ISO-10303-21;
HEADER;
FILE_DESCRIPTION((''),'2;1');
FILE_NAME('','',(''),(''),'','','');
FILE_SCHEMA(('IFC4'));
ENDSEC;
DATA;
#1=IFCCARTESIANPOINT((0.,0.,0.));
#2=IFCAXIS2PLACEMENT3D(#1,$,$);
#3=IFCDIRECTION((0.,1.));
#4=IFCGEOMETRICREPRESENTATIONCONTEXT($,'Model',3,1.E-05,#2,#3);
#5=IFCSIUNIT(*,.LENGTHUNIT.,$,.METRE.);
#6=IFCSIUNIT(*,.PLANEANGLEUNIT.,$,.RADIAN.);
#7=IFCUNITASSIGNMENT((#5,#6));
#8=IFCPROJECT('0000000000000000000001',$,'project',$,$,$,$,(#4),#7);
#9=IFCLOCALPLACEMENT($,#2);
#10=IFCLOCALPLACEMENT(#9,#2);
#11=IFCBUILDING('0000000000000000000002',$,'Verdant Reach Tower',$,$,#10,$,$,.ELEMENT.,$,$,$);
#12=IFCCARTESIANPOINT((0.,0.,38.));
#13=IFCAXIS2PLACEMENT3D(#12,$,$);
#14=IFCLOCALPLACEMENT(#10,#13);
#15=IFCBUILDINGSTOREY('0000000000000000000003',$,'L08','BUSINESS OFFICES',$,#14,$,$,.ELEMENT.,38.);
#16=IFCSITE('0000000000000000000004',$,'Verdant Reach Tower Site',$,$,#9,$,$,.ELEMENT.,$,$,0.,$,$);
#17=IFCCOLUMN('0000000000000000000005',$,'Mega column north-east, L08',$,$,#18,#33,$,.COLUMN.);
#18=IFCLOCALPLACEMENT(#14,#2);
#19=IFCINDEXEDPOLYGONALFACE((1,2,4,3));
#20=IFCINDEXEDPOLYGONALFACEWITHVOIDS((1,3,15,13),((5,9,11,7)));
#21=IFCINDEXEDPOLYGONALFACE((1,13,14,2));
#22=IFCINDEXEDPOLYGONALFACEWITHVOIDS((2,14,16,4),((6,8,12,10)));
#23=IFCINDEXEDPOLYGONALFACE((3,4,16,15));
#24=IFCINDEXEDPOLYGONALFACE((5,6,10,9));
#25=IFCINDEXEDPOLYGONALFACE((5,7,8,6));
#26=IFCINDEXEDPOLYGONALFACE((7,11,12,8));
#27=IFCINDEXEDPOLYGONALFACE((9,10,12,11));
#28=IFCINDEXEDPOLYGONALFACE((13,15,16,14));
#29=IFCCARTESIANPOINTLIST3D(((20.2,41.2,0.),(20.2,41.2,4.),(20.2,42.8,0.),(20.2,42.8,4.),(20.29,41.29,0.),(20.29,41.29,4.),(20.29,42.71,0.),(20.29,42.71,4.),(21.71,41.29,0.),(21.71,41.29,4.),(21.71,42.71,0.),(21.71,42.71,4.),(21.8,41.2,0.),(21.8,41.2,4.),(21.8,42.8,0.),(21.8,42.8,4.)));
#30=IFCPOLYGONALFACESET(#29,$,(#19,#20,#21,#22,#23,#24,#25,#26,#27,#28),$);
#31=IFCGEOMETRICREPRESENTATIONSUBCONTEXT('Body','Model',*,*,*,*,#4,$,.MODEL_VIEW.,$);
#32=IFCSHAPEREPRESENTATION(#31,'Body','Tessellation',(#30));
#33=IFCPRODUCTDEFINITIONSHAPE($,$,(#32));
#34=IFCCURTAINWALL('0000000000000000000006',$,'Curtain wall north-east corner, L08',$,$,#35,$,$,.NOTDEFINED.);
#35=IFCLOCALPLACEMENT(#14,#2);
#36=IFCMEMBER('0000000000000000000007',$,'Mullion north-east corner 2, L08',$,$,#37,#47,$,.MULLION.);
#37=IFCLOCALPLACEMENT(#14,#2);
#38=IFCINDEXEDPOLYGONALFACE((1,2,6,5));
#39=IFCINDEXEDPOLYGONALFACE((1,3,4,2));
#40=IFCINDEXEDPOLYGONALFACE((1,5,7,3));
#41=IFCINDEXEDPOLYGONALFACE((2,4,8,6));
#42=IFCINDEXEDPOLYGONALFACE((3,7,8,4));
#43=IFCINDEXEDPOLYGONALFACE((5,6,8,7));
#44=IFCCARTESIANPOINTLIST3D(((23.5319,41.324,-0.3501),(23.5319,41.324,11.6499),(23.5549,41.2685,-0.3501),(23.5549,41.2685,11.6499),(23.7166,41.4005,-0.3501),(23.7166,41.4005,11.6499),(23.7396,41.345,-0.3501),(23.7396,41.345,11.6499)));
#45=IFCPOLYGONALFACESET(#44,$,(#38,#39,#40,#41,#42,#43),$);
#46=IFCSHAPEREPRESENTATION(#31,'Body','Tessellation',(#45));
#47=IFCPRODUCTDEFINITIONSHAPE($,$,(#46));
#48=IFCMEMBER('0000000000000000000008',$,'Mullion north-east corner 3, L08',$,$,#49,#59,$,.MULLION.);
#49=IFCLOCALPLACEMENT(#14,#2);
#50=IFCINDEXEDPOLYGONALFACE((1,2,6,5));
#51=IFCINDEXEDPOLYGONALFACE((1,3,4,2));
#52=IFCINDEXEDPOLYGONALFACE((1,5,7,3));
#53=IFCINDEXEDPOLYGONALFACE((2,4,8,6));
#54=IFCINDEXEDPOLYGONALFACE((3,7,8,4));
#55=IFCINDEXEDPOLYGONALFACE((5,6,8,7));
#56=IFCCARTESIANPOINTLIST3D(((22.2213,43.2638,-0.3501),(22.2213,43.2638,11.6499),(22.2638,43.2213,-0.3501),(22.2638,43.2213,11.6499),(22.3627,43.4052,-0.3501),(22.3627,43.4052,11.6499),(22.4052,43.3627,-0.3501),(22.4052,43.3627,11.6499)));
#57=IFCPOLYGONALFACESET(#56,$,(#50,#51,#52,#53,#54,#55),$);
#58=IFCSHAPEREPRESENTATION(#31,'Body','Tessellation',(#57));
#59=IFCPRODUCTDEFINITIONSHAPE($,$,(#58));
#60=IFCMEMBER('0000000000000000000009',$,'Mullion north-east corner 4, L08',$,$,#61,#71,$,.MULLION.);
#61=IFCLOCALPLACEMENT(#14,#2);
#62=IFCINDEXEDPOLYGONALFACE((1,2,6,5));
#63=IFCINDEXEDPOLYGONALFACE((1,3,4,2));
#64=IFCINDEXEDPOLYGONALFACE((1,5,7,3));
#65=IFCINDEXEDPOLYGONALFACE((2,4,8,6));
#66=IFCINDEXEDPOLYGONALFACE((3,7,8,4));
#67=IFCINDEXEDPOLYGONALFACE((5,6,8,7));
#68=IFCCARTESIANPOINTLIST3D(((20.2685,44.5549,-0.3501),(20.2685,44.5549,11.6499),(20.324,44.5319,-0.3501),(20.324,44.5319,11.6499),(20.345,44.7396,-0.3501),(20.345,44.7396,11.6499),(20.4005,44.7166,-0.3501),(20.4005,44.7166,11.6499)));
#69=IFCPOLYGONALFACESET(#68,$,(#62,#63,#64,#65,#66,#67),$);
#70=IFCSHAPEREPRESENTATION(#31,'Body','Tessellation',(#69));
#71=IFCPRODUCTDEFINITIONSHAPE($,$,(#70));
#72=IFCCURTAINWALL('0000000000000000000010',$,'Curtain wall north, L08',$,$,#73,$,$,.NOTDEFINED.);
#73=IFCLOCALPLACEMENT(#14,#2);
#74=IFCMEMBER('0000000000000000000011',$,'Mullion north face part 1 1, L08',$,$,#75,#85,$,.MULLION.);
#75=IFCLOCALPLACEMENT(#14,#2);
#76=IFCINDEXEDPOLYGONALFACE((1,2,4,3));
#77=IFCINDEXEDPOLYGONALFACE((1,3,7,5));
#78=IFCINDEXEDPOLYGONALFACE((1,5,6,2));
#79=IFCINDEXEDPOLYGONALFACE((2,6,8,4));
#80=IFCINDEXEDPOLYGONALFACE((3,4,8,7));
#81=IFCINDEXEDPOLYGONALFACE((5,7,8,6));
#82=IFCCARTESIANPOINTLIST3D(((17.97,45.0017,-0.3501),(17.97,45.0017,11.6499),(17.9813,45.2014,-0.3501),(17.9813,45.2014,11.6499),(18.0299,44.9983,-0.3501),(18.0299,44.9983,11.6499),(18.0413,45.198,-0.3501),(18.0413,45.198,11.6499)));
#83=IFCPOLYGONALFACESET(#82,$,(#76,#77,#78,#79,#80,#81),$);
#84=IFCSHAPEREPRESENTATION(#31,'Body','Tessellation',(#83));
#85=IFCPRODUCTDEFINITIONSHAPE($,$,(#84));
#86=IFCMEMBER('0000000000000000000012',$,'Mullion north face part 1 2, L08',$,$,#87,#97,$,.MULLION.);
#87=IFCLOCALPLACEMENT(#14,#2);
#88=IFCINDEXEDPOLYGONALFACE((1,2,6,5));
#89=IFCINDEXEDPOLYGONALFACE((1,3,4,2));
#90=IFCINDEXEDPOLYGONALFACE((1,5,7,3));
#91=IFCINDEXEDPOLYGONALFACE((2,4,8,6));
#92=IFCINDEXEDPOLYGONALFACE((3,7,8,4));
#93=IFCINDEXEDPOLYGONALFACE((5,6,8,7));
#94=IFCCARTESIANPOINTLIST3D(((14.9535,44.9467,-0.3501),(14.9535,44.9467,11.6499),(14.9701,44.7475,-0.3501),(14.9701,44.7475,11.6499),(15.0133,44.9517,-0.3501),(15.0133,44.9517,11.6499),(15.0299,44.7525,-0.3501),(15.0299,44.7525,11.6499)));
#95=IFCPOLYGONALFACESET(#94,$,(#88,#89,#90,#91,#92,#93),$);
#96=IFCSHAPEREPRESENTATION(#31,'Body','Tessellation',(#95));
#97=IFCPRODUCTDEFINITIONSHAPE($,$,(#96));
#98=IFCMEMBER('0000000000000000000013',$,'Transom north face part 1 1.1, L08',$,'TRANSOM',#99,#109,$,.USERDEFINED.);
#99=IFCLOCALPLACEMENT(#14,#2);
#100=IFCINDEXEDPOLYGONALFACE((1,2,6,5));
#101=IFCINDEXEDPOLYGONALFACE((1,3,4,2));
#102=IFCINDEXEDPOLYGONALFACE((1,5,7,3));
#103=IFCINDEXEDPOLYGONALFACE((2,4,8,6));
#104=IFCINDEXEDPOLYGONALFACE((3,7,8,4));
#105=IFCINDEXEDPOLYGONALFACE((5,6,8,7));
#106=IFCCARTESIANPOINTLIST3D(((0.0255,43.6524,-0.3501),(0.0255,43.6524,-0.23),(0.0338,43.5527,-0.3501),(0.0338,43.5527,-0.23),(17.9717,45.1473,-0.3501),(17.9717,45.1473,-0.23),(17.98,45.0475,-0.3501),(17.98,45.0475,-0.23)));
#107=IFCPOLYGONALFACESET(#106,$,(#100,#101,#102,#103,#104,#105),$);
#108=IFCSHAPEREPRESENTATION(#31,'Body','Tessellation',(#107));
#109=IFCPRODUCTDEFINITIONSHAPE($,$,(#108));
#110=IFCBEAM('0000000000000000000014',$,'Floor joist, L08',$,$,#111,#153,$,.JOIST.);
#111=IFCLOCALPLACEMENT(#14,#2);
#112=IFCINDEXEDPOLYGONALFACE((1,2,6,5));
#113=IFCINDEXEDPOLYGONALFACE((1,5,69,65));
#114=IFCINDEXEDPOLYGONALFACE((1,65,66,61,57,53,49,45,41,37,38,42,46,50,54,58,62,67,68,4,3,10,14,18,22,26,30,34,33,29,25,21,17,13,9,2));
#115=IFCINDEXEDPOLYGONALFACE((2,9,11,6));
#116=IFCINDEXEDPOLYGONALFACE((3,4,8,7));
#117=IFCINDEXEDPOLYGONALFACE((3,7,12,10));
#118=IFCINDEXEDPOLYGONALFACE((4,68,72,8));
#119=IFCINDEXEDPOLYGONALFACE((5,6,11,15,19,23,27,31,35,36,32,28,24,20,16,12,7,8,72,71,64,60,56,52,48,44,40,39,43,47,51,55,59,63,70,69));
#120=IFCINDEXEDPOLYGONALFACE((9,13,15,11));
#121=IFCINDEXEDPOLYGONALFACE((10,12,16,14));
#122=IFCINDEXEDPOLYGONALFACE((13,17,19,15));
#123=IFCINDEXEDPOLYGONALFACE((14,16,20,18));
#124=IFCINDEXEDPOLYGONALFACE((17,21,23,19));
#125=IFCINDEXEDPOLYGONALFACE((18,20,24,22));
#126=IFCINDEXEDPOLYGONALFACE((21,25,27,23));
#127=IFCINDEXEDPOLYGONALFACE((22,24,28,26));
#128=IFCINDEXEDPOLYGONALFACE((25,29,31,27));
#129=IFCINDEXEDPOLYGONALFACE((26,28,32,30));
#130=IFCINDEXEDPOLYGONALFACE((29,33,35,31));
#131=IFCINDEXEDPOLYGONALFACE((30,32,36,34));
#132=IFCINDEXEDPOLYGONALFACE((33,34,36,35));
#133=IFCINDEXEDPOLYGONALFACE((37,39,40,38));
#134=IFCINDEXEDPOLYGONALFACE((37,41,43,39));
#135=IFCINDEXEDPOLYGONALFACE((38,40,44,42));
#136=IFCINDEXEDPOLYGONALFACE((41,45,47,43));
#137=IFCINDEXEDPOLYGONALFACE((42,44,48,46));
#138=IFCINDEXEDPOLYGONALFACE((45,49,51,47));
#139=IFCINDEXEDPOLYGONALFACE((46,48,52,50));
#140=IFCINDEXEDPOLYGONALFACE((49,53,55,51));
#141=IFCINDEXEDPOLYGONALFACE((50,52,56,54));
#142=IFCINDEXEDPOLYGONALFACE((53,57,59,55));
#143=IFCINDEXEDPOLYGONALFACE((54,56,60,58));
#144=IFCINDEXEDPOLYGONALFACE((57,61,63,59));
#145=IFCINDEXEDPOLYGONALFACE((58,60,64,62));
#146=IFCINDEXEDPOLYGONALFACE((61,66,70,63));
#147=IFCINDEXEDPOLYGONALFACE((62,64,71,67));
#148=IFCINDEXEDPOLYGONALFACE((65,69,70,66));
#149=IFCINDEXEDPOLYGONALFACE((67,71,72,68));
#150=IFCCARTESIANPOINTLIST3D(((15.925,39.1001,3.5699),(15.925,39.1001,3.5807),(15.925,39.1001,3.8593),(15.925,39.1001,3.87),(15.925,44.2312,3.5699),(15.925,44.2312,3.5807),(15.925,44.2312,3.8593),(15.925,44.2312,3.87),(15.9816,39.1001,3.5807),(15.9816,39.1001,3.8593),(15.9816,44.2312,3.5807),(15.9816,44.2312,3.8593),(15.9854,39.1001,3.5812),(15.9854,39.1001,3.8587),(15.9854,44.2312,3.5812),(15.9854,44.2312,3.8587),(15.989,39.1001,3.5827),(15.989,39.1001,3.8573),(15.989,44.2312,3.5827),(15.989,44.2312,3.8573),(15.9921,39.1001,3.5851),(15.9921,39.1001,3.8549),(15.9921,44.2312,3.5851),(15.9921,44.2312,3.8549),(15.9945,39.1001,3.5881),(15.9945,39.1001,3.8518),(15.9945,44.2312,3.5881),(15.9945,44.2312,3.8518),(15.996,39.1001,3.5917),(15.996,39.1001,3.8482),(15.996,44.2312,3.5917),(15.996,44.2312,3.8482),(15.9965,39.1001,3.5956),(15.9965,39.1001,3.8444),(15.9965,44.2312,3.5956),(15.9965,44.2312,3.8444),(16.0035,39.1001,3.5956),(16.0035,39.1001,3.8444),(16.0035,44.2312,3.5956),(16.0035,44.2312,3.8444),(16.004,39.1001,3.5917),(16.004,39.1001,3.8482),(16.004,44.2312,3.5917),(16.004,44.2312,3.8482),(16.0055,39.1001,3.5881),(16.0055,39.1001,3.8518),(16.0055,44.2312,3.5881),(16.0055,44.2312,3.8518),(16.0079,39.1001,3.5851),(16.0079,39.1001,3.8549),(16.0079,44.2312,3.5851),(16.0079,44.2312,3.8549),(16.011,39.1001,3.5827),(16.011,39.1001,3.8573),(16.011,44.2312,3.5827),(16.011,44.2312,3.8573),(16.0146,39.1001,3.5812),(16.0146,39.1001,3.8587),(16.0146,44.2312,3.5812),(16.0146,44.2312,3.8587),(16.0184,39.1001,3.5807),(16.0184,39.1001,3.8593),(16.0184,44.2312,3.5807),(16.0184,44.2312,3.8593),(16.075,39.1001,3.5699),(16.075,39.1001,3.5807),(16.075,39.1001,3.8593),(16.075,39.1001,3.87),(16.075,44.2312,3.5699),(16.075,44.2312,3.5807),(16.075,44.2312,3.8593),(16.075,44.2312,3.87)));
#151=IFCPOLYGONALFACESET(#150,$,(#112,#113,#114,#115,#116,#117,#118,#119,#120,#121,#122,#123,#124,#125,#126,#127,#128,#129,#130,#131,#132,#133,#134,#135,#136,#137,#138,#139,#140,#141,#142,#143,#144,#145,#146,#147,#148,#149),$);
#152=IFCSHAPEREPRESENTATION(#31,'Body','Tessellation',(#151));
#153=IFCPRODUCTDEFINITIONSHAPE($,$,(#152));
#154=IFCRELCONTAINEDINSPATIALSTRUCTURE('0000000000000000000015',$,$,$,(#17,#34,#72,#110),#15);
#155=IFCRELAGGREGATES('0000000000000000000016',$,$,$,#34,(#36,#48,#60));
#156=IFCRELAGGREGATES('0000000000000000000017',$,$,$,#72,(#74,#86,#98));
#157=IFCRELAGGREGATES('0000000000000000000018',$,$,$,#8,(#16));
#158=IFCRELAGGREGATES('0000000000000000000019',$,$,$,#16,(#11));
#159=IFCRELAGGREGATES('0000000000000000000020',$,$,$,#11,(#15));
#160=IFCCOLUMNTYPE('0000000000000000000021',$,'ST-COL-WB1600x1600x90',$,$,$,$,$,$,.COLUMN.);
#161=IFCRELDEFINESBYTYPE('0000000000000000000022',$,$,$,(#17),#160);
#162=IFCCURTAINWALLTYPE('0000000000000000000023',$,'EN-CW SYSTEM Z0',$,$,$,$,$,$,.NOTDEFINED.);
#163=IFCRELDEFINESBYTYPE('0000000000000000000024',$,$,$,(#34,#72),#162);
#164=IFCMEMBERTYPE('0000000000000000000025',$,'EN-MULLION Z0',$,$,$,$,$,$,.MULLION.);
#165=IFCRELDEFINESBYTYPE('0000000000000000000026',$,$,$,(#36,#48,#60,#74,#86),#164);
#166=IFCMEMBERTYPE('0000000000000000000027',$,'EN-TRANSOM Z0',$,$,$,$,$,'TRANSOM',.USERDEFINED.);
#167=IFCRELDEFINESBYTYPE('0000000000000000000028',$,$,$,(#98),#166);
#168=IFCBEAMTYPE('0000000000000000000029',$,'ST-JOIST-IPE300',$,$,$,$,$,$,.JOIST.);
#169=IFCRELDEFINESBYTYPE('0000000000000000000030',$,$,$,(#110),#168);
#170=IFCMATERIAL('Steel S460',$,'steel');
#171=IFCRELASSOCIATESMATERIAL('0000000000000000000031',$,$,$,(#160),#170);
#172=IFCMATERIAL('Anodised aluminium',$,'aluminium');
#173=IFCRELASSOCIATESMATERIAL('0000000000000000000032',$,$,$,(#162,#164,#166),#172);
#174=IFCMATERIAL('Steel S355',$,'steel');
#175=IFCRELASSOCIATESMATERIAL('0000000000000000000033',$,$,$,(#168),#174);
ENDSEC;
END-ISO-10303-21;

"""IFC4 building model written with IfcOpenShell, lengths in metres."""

from ifc_helpers import new_model, si_unit, direction, frame, origin, origin_2d, place, context, subcontext, project, spatial, rectangle, hollow_rectangle, i_section, extrude, material, material_profile, profile_set, type_object, element, aggregate, save


model = new_model("IFC4")

# Units and contexts
model_context = context("Model", 3, precision=1e-05, world=origin(), true_north=direction((0.0, 1.0)))
body_context = subcontext(model_context, "Body", "Model", "MODEL_VIEW")
ifc_project = project(units=[si_unit("LENGTHUNIT", "METRE"), si_unit("PLANEANGLEUNIT", "RADIAN")], contexts=[model_context])

# Site, building, storey
site_placement = place(None, origin())
site = spatial("IfcSite", under=ifc_project, at=site_placement, Name="Verdant Reach Tower Site", CompositionType="ELEMENT", RefElevation=0.0)
building_placement = place(site_placement, origin())
building = spatial("IfcBuilding", under=site, at=building_placement, Name="Verdant Reach Tower", CompositionType="ELEMENT")
storey_placement = place(building_placement, frame((0.0, 0.0, 38.0)))
storey = spatial("IfcBuildingStorey", under=building, at=storey_placement, Name="L08", Description="BUSINESS OFFICES", CompositionType="ELEMENT", Elevation=38.0)

# Column
ifc_material_1 = material(Name="Steel S460", Category="steel")
ifc_material_profile_1 = material_profile(ifc_material_1, hollow_rectangle(XDim=1.6001, YDim=1.6001, WallThickness=0.0901, at=origin_2d()), Name="WB 1600x1600x90")
ifc_profile_set_1 = profile_set([ifc_material_profile_1], Name="Steel S460")
column_type = type_object("IfcColumnType", Name="ST-COL-WB1600x1600x90", PredefinedType="COLUMN", material=ifc_profile_set_1)
column_placement = place(storey_placement, frame((21.0, 42.0, 0.0), z_axis=(0.0, 0.0, 1.0), x_axis=(1.0, 0.0, 0.0)))
element("IfcColumn", 1, at=column_placement, inside=storey, type_object=column_type, Name="Mega column north-east, L08", PredefinedType="COLUMN", context=body_context, shape_type="SweptSolid", body=[
    extrude(hollow_rectangle(XDim=1.6001, YDim=1.6001, WallThickness=0.0901, at=origin_2d()), origin(), (0.0, 0.0, 1.0), 4.0),
])

# Curtain walls, members
ifc_material_2 = material(Name="Anodised aluminium", Category="aluminium")
curtain_wall_type = type_object("IfcCurtainWallType", Name="EN-CW SYSTEM Z0", PredefinedType="NOTDEFINED", material=ifc_material_2)
curtain_wall_1_placement = place(storey_placement, origin())
curtain_wall_1 = element("IfcCurtainWall", 2, at=curtain_wall_1_placement, inside=storey, type_object=curtain_wall_type, Name="Curtain wall north-east corner, L08", PredefinedType="NOTDEFINED")
ifc_material_profile_2 = material_profile(ifc_material_2, rectangle(XDim=0.2, YDim=0.0601, at=origin_2d()), Name="Mullion 60x200")
ifc_profile_set_2 = profile_set([ifc_material_profile_2], Name="Anodised aluminium")
member_type_1 = type_object("IfcMemberType", Name="EN-MULLION Z0", PredefinedType="MULLION", material=ifc_profile_set_2)
member_1_placement = place(storey_placement, frame((23.6357, 41.3345, -0.3501), z_axis=(0.0, 0.0, 1.0), x_axis=(0.923875, 0.382694, 0.0)))
member_1 = element("IfcMember", 3, at=member_1_placement, type_object=member_type_1, Name="Mullion north-east corner 2, L08", PredefinedType="MULLION", context=body_context, shape_type="SweptSolid", body=[
    extrude(rectangle(XDim=0.2, YDim=0.0601, at=origin_2d()), origin(), (0.0, 0.0, 1.0), 12.0),
])
member_2_placement = place(storey_placement, frame((22.3132, 43.3132, -0.3501), z_axis=(0.0, 0.0, 1.0), x_axis=(0.707107, 0.707107, 0.0)))
member_2 = element("IfcMember", 4, at=member_2_placement, type_object=member_type_1, Name="Mullion north-east corner 3, L08", PredefinedType="MULLION", context=body_context, shape_type="SweptSolid", body=[
    extrude(rectangle(XDim=0.2, YDim=0.0601, at=origin_2d()), origin(), (0.0, 0.0, 1.0), 12.0),
])
member_3_placement = place(storey_placement, frame((20.3345, 44.6357, -0.3501), z_axis=(0.0, 0.0, 1.0), x_axis=(0.382694, 0.923875, 0.0)))
member_3 = element("IfcMember", 5, at=member_3_placement, type_object=member_type_1, Name="Mullion north-east corner 4, L08", PredefinedType="MULLION", context=body_context, shape_type="SweptSolid", body=[
    extrude(rectangle(XDim=0.2, YDim=0.0601, at=origin_2d()), origin(), (0.0, 0.0, 1.0), 12.0),
])
curtain_wall_2_placement = place(storey_placement, origin())
curtain_wall_2 = element("IfcCurtainWall", 6, at=curtain_wall_2_placement, inside=storey, type_object=curtain_wall_type, Name="Curtain wall north, L08", PredefinedType="NOTDEFINED")
member_4_placement = place(storey_placement, frame((18.0056, 45.0999, -0.3501), z_axis=(0.0, 0.0, 1.0), x_axis=(0.056569, 0.998399, 0.0)))
member_4 = element("IfcMember", 7, at=member_4_placement, type_object=member_type_1, Name="Mullion north face part 1 1, L08", PredefinedType="MULLION", context=body_context, shape_type="SweptSolid", body=[
    extrude(rectangle(XDim=0.2, YDim=0.0601, at=origin_2d()), origin(), (0.0, 0.0, 1.0), 12.0),
])
member_5_placement = place(storey_placement, frame((14.9917, 44.8496, -0.3501), z_axis=(0.0, 0.0, 1.0), x_axis=(-0.083045, 0.996546, 0.0)))
member_5 = element("IfcMember", 8, at=member_5_placement, type_object=member_type_1, Name="Mullion north face part 1 2, L08", PredefinedType="MULLION", context=body_context, shape_type="SweptSolid", body=[
    extrude(rectangle(XDim=0.2, YDim=0.0601, at=origin_2d()), origin(), (0.0, 0.0, 1.0), 12.0),
])
ifc_material_profile_3 = material_profile(ifc_material_2, rectangle(XDim=0.1001, YDim=0.1201, at=origin_2d()), Name="Transom 120x100")
ifc_profile_set_3 = profile_set([ifc_material_profile_3], Name="Anodised aluminium")
member_type_2 = type_object("IfcMemberType", Name="EN-TRANSOM Z0", ElementType="TRANSOM", PredefinedType="USERDEFINED", material=ifc_profile_set_3)
member_6_placement = place(storey_placement, frame((17.9758, 45.0974, -0.29), z_axis=(-0.996549, -0.083011, 0.0), x_axis=(0.083011, -0.996549, 0.0)))
member_6 = element("IfcMember", 9, at=member_6_placement, type_object=member_type_2, Name="Transom north face part 1 1.1, L08", ObjectType="TRANSOM", PredefinedType="USERDEFINED", context=body_context, shape_type="SweptSolid", body=[
    extrude(rectangle(XDim=0.1001, YDim=0.1201, at=origin_2d()), origin(), (0.0, 0.0, 1.0), 18.0083),
])

# Beam
ifc_material_3 = material(Name="Steel S355", Category="steel")
ifc_material_profile_4 = material_profile(ifc_material_3, i_section(OverallWidth=0.1499, OverallDepth=0.3, WebThickness=0.0071, FlangeThickness=0.0107, FilletRadius=0.0149, at=origin_2d()), Name="IPE 300")
ifc_profile_set_4 = profile_set([ifc_material_profile_4], Name="Steel S355")
beam_type_1 = type_object("IfcBeamType", Name="ST-JOIST-IPE300", PredefinedType="JOIST", material=ifc_profile_set_4)
beam_1_placement = place(storey_placement, frame((16.0, 39.1001, 3.72), z_axis=(0.0, 1.0, 0.0), x_axis=(-1.0, 0.0, 0.0)))
element("IfcBeam", 10, at=beam_1_placement, inside=storey, type_object=beam_type_1, Name="Floor joist, L08", PredefinedType="JOIST", context=body_context, shape_type="SweptSolid", body=[
    extrude(i_section(OverallWidth=0.1499, OverallDepth=0.3, WebThickness=0.0071, FlangeThickness=0.0107, FilletRadius=0.0149, at=origin_2d()), origin(), (0.0, 0.0, 1.0), 5.1311),
])

aggregate(curtain_wall_1, [member_1, member_2, member_3])
aggregate(curtain_wall_2, [member_4, member_5, member_6])

save(model, "model.ifc")
